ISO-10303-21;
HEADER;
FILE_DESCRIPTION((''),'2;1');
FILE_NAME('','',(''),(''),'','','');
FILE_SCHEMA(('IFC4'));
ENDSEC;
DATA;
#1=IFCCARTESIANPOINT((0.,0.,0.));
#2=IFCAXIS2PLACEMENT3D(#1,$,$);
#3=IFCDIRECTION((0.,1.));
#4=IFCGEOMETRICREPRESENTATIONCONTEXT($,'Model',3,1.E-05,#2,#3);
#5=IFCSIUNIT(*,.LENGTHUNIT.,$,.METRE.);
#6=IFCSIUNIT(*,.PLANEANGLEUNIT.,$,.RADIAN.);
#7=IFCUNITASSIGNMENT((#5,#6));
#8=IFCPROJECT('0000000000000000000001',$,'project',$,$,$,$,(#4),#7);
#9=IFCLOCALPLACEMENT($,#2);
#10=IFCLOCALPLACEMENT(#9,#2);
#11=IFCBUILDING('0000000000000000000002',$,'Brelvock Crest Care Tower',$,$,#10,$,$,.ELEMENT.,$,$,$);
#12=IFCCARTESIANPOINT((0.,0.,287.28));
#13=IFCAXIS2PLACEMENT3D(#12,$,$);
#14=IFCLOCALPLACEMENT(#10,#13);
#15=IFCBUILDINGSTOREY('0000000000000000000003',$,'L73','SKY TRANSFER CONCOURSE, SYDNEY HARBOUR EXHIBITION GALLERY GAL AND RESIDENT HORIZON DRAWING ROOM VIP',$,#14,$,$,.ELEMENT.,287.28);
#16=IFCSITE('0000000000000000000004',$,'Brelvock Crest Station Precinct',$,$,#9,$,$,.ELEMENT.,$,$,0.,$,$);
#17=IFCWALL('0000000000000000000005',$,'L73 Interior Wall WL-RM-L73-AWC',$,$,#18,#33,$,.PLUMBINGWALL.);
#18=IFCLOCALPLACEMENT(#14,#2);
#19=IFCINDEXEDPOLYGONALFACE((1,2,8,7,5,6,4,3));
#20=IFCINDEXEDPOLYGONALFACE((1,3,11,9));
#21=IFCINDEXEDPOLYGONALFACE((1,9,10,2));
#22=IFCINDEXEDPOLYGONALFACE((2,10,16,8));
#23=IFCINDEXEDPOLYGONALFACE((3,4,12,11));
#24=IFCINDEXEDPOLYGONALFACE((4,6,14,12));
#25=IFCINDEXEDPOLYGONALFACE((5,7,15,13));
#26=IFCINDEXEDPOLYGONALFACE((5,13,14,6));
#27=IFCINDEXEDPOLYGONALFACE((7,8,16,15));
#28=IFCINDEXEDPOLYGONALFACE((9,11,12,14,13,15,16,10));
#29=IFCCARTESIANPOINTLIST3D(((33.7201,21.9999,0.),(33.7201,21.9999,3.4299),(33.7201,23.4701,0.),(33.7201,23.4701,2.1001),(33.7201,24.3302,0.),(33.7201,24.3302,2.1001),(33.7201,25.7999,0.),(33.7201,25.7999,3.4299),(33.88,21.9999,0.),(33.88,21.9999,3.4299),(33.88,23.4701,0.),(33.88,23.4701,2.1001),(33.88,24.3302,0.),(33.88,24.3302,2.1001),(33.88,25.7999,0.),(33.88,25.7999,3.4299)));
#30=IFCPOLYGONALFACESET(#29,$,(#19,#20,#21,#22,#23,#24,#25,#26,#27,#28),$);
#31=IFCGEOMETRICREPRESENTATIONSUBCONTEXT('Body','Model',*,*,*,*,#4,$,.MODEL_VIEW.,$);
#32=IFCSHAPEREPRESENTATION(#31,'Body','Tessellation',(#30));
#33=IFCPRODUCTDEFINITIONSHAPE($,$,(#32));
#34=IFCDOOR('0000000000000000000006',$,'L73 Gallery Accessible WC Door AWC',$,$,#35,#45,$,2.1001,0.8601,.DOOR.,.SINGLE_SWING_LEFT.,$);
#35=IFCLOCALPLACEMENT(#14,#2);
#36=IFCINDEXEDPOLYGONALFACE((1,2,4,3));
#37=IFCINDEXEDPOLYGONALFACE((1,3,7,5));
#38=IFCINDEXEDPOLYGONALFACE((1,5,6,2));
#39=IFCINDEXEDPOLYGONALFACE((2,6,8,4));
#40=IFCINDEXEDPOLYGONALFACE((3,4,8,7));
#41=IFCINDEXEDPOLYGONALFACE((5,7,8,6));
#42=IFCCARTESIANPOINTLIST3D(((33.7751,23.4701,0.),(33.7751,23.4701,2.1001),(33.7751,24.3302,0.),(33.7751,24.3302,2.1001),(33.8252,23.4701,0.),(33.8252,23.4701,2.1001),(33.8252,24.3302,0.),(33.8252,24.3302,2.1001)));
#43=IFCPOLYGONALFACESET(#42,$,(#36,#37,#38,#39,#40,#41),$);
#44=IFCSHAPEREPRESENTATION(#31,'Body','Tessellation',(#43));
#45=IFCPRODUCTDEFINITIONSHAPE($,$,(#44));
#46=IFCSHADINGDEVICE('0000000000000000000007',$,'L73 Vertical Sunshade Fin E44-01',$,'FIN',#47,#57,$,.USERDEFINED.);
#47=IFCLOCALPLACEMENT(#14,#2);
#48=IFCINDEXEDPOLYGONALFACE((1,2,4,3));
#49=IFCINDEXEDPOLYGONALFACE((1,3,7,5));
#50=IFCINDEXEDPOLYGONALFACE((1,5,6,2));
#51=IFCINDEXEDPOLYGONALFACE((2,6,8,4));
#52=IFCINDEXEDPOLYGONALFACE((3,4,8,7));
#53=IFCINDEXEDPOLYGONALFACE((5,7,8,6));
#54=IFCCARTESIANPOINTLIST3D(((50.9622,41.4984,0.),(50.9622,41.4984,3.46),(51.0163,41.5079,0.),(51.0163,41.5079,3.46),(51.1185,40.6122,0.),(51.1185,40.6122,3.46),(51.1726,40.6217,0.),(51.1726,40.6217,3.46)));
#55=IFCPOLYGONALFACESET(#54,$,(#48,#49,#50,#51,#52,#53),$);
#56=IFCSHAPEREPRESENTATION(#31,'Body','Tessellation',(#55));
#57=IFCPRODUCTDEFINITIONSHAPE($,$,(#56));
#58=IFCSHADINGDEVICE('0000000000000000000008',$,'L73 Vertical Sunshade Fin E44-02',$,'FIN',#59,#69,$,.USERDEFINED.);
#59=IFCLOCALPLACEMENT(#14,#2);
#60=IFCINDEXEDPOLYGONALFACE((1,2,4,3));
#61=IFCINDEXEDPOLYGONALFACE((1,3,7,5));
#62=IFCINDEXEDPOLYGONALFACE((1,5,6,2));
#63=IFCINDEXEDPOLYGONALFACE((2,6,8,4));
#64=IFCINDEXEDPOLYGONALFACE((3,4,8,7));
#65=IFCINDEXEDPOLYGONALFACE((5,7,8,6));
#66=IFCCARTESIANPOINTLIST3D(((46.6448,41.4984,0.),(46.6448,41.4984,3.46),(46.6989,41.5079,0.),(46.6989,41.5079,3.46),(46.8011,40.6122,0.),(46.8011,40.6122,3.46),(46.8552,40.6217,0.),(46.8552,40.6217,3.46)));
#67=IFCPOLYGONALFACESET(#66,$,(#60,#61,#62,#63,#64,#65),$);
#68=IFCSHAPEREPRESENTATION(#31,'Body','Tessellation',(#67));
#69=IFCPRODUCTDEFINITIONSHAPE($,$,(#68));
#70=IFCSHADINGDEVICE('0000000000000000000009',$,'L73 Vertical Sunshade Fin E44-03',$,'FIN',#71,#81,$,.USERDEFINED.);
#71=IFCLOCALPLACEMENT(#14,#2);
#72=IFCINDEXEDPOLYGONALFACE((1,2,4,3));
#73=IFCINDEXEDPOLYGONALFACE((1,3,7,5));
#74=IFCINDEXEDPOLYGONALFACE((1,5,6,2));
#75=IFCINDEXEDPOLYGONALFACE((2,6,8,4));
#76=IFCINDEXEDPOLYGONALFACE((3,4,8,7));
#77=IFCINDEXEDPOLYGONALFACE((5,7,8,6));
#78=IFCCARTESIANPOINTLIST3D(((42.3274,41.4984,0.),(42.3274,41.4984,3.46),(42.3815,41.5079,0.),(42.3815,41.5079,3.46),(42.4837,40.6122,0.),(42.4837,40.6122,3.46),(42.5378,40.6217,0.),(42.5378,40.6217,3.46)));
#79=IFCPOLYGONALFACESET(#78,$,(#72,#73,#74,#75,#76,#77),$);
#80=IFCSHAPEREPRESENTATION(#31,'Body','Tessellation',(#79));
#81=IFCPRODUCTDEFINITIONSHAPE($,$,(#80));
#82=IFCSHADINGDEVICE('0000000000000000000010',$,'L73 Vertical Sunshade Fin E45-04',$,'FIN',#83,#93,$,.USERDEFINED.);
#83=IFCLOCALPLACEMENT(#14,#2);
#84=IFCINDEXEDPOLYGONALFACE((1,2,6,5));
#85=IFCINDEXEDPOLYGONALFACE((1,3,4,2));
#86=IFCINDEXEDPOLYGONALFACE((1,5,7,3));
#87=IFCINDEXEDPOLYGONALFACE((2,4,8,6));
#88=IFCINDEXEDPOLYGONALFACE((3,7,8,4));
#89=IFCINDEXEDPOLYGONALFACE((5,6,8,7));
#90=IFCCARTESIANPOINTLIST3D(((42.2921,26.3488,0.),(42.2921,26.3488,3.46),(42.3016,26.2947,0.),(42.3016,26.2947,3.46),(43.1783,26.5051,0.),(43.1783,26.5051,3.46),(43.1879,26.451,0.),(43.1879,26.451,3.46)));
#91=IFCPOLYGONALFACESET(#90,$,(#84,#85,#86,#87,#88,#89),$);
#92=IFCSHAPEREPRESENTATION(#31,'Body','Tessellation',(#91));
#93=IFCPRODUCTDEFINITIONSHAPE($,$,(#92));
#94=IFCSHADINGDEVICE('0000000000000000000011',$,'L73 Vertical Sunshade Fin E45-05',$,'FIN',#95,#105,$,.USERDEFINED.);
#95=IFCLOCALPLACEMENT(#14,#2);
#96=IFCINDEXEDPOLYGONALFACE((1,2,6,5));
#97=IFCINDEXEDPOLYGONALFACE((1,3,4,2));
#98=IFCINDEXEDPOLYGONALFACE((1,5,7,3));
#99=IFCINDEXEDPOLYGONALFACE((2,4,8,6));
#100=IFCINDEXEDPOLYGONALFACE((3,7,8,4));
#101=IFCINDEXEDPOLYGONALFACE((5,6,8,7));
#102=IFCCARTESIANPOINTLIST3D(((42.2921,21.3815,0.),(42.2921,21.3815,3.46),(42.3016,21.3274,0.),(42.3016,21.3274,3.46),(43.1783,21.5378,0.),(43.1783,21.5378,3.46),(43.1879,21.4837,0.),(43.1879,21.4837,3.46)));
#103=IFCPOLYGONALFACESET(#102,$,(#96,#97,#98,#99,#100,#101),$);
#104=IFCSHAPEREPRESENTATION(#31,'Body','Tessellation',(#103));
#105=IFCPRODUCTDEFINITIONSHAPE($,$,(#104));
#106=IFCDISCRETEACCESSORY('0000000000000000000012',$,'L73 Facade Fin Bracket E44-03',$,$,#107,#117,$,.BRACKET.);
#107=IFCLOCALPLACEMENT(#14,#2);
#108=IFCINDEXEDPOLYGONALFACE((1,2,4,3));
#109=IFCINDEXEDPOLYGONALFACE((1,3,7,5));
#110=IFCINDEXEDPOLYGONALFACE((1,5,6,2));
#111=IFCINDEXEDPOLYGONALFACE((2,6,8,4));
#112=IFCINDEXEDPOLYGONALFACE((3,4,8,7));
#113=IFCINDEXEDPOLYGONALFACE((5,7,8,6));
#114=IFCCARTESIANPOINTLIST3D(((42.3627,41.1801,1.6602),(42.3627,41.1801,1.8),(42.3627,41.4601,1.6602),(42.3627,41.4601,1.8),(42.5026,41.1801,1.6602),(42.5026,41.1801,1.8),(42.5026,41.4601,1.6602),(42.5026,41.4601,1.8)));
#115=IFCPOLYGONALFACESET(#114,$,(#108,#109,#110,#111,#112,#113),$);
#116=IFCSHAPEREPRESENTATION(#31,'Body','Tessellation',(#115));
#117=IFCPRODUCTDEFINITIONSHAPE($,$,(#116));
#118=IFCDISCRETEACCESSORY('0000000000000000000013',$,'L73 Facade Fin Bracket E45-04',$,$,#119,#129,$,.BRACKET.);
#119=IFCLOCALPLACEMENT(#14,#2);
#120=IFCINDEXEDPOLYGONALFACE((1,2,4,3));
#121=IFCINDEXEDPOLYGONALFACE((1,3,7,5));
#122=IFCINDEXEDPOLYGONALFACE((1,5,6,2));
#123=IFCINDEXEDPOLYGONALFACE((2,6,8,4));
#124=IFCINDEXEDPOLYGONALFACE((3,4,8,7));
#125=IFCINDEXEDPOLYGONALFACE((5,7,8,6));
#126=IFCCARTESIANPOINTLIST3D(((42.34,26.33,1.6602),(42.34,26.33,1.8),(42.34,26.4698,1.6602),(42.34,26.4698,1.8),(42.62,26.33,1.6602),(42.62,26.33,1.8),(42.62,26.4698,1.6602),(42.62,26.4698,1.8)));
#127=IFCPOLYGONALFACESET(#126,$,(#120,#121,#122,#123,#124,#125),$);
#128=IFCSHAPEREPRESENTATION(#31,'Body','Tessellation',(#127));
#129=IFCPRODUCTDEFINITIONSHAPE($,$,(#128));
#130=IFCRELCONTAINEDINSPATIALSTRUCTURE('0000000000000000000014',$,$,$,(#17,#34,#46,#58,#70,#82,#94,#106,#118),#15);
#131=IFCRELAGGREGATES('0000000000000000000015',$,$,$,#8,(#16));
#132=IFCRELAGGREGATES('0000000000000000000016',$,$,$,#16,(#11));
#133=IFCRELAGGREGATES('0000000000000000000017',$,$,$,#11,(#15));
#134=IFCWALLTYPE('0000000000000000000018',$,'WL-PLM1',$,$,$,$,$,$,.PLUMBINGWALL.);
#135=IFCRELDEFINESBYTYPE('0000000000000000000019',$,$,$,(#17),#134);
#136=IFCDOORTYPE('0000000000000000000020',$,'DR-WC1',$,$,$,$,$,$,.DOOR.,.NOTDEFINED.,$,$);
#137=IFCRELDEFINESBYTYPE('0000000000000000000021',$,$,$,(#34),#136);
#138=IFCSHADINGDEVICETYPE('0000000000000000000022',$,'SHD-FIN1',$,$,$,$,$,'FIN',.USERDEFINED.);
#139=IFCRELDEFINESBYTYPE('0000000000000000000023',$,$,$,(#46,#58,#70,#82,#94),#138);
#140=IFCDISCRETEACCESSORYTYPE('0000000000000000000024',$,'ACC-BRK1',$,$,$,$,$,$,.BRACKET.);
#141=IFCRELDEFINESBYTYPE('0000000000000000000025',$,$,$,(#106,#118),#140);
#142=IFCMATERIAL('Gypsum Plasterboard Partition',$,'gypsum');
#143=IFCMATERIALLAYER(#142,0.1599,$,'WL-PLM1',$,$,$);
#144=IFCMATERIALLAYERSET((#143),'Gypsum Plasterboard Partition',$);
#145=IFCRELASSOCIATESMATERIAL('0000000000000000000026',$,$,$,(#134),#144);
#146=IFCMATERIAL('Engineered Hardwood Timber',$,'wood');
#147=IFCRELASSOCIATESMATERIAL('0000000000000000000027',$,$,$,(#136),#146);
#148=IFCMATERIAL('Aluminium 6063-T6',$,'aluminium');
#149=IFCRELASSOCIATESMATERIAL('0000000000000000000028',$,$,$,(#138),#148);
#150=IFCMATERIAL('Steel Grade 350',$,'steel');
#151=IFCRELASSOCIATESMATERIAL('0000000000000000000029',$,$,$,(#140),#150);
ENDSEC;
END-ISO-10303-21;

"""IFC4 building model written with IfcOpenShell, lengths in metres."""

from ifc_helpers import new_model, si_unit, direction, frame, frame_2d, origin, origin_2d, place, context, subcontext, project, spatial, rectangle, extrude, source, transform, mapped, material, layer, layer_set, material_profile, profile_set, type_object, element, fill, save


model = new_model("IFC4")

# Units and contexts
model_context = context("Model", 3, precision=1e-05, world=origin(), true_north=direction((0.0, 1.0)))
body_context = subcontext(model_context, "Body", "Model", "MODEL_VIEW")
ifc_project = project(units=[si_unit("LENGTHUNIT", "METRE"), si_unit("PLANEANGLEUNIT", "RADIAN")], contexts=[model_context])

# Site, building, storey
site_placement = place(None, origin())
site = spatial("IfcSite", under=ifc_project, at=site_placement, Name="Brelvock Crest Station Precinct", CompositionType="ELEMENT", RefElevation=0.0)
building_placement = place(site_placement, origin())
building = spatial("IfcBuilding", under=site, at=building_placement, Name="Brelvock Crest Care Tower", CompositionType="ELEMENT")
storey_placement = place(building_placement, frame((0.0, 0.0, 287.28)))
storey = spatial("IfcBuildingStorey", under=building, at=storey_placement, Name="L73", Description="SKY TRANSFER CONCOURSE, SYDNEY HARBOUR EXHIBITION GALLERY GAL AND RESIDENT HORIZON DRAWING ROOM VIP", CompositionType="ELEMENT", Elevation=287.28)

# Shared definitions
ifc_material_1 = material(Name="Aluminium 6063-T6", Category="aluminium")

# Wall, opening, door
ifc_material_2 = material(Name="Engineered Hardwood Timber", Category="wood")
ifc_material_3 = material(Name="Gypsum Plasterboard Partition", Category="gypsum")
ifc_layer_1 = layer(ifc_material_3, 0.1599, Name="WL-PLM1")
ifc_layer_set_1 = layer_set([ifc_layer_1], Name="Gypsum Plasterboard Partition")
wall_type_1 = type_object("IfcWallType", Name="WL-PLM1", PredefinedType="PLUMBINGWALL", material=ifc_layer_set_1)
wall_1_placement = place(storey_placement, frame((33.8, 22.0, 0.0), z_axis=(0.0, 0.0, 1.0), x_axis=(0.0, 1.0, 0.0)))
wall_1 = element("IfcWall", 1, at=wall_1_placement, inside=storey, type_object=wall_type_1, Name="L73 Interior Wall WL-RM-L73-AWC", PredefinedType="PLUMBINGWALL", context=body_context, shape_type="SweptSolid", body=[
    extrude(rectangle(XDim=3.8, YDim=0.1599, at=frame_2d((1.8999, 0.0))), origin(), (0.0, 0.0, 1.0), 3.4299),
])
opening_1_placement = place(wall_1_placement, frame((1.47, 0.0, 0.0)))
opening_1 = element("IfcOpeningElement", 2, at=opening_1_placement, cuts=wall_1, PredefinedType="OPENING", context=body_context, shape_type="SweptSolid", body=[
    extrude(rectangle(XDim=0.8601, YDim=2.1001, at=origin_2d()), frame((0.4302, 0.0898, 1.05), z_axis=(0.0, -1.0, 0.0), x_axis=(1.0, 0.0, 0.0)), (0.0, 0.0, 1.0), 0.1799),
])
door_type_1 = type_object("IfcDoorType", Name="DR-WC1", OperationType="NOTDEFINED", PredefinedType="DOOR", material=ifc_material_2)
shared_shape_1 = source(origin(), body_context, "Body", "SweptSolid", [
    extrude(rectangle(XDim=0.8601, YDim=2.1001, at=origin_2d()), frame((0.4302, 0.0249, 1.05), z_axis=(0.0, -1.0, 0.0), x_axis=(1.0, 0.0, 0.0)), (0.0, 0.0, 1.0), 0.05),
])
door_1_placement = place(opening_1_placement, origin())
door_1 = element("IfcDoor", 3, at=door_1_placement, inside=storey, type_object=door_type_1, Name="L73 Gallery Accessible WC Door AWC", OperationType="SINGLE_SWING_LEFT", OverallHeight=2.1001, OverallWidth=0.8601, PredefinedType="DOOR", context=body_context, shape_type="MappedRepresentation", body=[
    mapped(shared_shape_1, transform((0.0, 0.0, 0.0), x_axis=(1.0, 0.0, 0.0), y_axis=(0.0, 1.0, 0.0), z_axis=(0.0, 0.0, 1.0), scale=1.0)),
])
fill(opening_1, door_1)

# Shading devices
ifc_material_profile_1 = material_profile(ifc_material_1, rectangle(XDim=0.0549, YDim=0.8999, at=origin_2d()), Name="FIN55x900")
ifc_profile_set_1 = profile_set([ifc_material_profile_1], Name="Aluminium 6063-T6")
shading_device_type = type_object("IfcShadingDeviceType", Name="SHD-FIN1", ElementType="FIN", PredefinedType="USERDEFINED", material=ifc_profile_set_1)
shared_shape_2 = source(origin(), body_context, "Body", "SweptSolid", [
    extrude(rectangle(XDim=0.0549, YDim=0.8999, at=origin_2d()), origin(), (0.0, 0.0, 1.0), 3.46),
])
for number, where, z_axis, x_axis, name in (
    (4, (51.0674, 41.0601, 0.0), (0.0, 0.0, 1.0), (-0.984808, -0.173648, 0.0), "L73 Vertical Sunshade Fin E44-01"),
    (5, (46.75, 41.0601, 0.0), (0.0, 0.0, 1.0), (-0.984808, -0.173648, 0.0), "L73 Vertical Sunshade Fin E44-02"),
    (6, (42.4326, 41.0601, 0.0), (0.0, 0.0, 1.0), (-0.984808, -0.173648, 0.0), "L73 Vertical Sunshade Fin E44-03"),
    (7, (42.74, 26.3999, 0.0), (0.0, 0.0, 1.0), (0.173648, -0.984808, 0.0), "L73 Vertical Sunshade Fin E45-04"),
    (8, (42.74, 21.4326, 0.0), (0.0, 0.0, 1.0), (0.173648, -0.984808, 0.0), "L73 Vertical Sunshade Fin E45-05"),
):
    element("IfcShadingDevice", number, at=place(storey_placement, frame(where, z_axis=z_axis, x_axis=x_axis)), inside=storey, type_object=shading_device_type, Name=name, ObjectType="FIN", PredefinedType="USERDEFINED", context=body_context, shape_type="MappedRepresentation", body=[
        mapped(shared_shape_2, transform((0.0, 0.0, 0.0), x_axis=(1.0, 0.0, 0.0), y_axis=(0.0, 1.0, 0.0), z_axis=(0.0, 0.0, 1.0), scale=1.0)),
    ])

# Discrete accessories
ifc_material_4 = material(Name="Steel Grade 350", Category="steel")
discrete_accessory_type = type_object("IfcDiscreteAccessoryType", Name="ACC-BRK1", PredefinedType="BRACKET", material=ifc_material_4)
shared_shape_3 = source(origin(), body_context, "Body", "SweptSolid", [
    extrude(rectangle(XDim=0.28, YDim=0.1399, at=origin_2d()), origin(), (0.0, 0.0, 1.0), 0.1399),
])
for number, where, z_axis, x_axis, name in (
    (9, (42.4326, 41.3201, 1.6602), (0.0, 0.0, 1.0), (0.0, -1.0, 0.0), "L73 Facade Fin Bracket E44-03"),
    (10, (42.48, 26.3999, 1.6602), (0.0, 0.0, 1.0), (1.0, 0.0, 0.0), "L73 Facade Fin Bracket E45-04"),
):
    element("IfcDiscreteAccessory", number, at=place(storey_placement, frame(where, z_axis=z_axis, x_axis=x_axis)), inside=storey, type_object=discrete_accessory_type, Name=name, PredefinedType="BRACKET", context=body_context, shape_type="MappedRepresentation", body=[
        mapped(shared_shape_3, transform((0.0, 0.0, 0.0), x_axis=(1.0, 0.0, 0.0), y_axis=(0.0, 1.0, 0.0), z_axis=(0.0, 0.0, 1.0), scale=1.0)),
    ])

save(model, "model.ifc")
